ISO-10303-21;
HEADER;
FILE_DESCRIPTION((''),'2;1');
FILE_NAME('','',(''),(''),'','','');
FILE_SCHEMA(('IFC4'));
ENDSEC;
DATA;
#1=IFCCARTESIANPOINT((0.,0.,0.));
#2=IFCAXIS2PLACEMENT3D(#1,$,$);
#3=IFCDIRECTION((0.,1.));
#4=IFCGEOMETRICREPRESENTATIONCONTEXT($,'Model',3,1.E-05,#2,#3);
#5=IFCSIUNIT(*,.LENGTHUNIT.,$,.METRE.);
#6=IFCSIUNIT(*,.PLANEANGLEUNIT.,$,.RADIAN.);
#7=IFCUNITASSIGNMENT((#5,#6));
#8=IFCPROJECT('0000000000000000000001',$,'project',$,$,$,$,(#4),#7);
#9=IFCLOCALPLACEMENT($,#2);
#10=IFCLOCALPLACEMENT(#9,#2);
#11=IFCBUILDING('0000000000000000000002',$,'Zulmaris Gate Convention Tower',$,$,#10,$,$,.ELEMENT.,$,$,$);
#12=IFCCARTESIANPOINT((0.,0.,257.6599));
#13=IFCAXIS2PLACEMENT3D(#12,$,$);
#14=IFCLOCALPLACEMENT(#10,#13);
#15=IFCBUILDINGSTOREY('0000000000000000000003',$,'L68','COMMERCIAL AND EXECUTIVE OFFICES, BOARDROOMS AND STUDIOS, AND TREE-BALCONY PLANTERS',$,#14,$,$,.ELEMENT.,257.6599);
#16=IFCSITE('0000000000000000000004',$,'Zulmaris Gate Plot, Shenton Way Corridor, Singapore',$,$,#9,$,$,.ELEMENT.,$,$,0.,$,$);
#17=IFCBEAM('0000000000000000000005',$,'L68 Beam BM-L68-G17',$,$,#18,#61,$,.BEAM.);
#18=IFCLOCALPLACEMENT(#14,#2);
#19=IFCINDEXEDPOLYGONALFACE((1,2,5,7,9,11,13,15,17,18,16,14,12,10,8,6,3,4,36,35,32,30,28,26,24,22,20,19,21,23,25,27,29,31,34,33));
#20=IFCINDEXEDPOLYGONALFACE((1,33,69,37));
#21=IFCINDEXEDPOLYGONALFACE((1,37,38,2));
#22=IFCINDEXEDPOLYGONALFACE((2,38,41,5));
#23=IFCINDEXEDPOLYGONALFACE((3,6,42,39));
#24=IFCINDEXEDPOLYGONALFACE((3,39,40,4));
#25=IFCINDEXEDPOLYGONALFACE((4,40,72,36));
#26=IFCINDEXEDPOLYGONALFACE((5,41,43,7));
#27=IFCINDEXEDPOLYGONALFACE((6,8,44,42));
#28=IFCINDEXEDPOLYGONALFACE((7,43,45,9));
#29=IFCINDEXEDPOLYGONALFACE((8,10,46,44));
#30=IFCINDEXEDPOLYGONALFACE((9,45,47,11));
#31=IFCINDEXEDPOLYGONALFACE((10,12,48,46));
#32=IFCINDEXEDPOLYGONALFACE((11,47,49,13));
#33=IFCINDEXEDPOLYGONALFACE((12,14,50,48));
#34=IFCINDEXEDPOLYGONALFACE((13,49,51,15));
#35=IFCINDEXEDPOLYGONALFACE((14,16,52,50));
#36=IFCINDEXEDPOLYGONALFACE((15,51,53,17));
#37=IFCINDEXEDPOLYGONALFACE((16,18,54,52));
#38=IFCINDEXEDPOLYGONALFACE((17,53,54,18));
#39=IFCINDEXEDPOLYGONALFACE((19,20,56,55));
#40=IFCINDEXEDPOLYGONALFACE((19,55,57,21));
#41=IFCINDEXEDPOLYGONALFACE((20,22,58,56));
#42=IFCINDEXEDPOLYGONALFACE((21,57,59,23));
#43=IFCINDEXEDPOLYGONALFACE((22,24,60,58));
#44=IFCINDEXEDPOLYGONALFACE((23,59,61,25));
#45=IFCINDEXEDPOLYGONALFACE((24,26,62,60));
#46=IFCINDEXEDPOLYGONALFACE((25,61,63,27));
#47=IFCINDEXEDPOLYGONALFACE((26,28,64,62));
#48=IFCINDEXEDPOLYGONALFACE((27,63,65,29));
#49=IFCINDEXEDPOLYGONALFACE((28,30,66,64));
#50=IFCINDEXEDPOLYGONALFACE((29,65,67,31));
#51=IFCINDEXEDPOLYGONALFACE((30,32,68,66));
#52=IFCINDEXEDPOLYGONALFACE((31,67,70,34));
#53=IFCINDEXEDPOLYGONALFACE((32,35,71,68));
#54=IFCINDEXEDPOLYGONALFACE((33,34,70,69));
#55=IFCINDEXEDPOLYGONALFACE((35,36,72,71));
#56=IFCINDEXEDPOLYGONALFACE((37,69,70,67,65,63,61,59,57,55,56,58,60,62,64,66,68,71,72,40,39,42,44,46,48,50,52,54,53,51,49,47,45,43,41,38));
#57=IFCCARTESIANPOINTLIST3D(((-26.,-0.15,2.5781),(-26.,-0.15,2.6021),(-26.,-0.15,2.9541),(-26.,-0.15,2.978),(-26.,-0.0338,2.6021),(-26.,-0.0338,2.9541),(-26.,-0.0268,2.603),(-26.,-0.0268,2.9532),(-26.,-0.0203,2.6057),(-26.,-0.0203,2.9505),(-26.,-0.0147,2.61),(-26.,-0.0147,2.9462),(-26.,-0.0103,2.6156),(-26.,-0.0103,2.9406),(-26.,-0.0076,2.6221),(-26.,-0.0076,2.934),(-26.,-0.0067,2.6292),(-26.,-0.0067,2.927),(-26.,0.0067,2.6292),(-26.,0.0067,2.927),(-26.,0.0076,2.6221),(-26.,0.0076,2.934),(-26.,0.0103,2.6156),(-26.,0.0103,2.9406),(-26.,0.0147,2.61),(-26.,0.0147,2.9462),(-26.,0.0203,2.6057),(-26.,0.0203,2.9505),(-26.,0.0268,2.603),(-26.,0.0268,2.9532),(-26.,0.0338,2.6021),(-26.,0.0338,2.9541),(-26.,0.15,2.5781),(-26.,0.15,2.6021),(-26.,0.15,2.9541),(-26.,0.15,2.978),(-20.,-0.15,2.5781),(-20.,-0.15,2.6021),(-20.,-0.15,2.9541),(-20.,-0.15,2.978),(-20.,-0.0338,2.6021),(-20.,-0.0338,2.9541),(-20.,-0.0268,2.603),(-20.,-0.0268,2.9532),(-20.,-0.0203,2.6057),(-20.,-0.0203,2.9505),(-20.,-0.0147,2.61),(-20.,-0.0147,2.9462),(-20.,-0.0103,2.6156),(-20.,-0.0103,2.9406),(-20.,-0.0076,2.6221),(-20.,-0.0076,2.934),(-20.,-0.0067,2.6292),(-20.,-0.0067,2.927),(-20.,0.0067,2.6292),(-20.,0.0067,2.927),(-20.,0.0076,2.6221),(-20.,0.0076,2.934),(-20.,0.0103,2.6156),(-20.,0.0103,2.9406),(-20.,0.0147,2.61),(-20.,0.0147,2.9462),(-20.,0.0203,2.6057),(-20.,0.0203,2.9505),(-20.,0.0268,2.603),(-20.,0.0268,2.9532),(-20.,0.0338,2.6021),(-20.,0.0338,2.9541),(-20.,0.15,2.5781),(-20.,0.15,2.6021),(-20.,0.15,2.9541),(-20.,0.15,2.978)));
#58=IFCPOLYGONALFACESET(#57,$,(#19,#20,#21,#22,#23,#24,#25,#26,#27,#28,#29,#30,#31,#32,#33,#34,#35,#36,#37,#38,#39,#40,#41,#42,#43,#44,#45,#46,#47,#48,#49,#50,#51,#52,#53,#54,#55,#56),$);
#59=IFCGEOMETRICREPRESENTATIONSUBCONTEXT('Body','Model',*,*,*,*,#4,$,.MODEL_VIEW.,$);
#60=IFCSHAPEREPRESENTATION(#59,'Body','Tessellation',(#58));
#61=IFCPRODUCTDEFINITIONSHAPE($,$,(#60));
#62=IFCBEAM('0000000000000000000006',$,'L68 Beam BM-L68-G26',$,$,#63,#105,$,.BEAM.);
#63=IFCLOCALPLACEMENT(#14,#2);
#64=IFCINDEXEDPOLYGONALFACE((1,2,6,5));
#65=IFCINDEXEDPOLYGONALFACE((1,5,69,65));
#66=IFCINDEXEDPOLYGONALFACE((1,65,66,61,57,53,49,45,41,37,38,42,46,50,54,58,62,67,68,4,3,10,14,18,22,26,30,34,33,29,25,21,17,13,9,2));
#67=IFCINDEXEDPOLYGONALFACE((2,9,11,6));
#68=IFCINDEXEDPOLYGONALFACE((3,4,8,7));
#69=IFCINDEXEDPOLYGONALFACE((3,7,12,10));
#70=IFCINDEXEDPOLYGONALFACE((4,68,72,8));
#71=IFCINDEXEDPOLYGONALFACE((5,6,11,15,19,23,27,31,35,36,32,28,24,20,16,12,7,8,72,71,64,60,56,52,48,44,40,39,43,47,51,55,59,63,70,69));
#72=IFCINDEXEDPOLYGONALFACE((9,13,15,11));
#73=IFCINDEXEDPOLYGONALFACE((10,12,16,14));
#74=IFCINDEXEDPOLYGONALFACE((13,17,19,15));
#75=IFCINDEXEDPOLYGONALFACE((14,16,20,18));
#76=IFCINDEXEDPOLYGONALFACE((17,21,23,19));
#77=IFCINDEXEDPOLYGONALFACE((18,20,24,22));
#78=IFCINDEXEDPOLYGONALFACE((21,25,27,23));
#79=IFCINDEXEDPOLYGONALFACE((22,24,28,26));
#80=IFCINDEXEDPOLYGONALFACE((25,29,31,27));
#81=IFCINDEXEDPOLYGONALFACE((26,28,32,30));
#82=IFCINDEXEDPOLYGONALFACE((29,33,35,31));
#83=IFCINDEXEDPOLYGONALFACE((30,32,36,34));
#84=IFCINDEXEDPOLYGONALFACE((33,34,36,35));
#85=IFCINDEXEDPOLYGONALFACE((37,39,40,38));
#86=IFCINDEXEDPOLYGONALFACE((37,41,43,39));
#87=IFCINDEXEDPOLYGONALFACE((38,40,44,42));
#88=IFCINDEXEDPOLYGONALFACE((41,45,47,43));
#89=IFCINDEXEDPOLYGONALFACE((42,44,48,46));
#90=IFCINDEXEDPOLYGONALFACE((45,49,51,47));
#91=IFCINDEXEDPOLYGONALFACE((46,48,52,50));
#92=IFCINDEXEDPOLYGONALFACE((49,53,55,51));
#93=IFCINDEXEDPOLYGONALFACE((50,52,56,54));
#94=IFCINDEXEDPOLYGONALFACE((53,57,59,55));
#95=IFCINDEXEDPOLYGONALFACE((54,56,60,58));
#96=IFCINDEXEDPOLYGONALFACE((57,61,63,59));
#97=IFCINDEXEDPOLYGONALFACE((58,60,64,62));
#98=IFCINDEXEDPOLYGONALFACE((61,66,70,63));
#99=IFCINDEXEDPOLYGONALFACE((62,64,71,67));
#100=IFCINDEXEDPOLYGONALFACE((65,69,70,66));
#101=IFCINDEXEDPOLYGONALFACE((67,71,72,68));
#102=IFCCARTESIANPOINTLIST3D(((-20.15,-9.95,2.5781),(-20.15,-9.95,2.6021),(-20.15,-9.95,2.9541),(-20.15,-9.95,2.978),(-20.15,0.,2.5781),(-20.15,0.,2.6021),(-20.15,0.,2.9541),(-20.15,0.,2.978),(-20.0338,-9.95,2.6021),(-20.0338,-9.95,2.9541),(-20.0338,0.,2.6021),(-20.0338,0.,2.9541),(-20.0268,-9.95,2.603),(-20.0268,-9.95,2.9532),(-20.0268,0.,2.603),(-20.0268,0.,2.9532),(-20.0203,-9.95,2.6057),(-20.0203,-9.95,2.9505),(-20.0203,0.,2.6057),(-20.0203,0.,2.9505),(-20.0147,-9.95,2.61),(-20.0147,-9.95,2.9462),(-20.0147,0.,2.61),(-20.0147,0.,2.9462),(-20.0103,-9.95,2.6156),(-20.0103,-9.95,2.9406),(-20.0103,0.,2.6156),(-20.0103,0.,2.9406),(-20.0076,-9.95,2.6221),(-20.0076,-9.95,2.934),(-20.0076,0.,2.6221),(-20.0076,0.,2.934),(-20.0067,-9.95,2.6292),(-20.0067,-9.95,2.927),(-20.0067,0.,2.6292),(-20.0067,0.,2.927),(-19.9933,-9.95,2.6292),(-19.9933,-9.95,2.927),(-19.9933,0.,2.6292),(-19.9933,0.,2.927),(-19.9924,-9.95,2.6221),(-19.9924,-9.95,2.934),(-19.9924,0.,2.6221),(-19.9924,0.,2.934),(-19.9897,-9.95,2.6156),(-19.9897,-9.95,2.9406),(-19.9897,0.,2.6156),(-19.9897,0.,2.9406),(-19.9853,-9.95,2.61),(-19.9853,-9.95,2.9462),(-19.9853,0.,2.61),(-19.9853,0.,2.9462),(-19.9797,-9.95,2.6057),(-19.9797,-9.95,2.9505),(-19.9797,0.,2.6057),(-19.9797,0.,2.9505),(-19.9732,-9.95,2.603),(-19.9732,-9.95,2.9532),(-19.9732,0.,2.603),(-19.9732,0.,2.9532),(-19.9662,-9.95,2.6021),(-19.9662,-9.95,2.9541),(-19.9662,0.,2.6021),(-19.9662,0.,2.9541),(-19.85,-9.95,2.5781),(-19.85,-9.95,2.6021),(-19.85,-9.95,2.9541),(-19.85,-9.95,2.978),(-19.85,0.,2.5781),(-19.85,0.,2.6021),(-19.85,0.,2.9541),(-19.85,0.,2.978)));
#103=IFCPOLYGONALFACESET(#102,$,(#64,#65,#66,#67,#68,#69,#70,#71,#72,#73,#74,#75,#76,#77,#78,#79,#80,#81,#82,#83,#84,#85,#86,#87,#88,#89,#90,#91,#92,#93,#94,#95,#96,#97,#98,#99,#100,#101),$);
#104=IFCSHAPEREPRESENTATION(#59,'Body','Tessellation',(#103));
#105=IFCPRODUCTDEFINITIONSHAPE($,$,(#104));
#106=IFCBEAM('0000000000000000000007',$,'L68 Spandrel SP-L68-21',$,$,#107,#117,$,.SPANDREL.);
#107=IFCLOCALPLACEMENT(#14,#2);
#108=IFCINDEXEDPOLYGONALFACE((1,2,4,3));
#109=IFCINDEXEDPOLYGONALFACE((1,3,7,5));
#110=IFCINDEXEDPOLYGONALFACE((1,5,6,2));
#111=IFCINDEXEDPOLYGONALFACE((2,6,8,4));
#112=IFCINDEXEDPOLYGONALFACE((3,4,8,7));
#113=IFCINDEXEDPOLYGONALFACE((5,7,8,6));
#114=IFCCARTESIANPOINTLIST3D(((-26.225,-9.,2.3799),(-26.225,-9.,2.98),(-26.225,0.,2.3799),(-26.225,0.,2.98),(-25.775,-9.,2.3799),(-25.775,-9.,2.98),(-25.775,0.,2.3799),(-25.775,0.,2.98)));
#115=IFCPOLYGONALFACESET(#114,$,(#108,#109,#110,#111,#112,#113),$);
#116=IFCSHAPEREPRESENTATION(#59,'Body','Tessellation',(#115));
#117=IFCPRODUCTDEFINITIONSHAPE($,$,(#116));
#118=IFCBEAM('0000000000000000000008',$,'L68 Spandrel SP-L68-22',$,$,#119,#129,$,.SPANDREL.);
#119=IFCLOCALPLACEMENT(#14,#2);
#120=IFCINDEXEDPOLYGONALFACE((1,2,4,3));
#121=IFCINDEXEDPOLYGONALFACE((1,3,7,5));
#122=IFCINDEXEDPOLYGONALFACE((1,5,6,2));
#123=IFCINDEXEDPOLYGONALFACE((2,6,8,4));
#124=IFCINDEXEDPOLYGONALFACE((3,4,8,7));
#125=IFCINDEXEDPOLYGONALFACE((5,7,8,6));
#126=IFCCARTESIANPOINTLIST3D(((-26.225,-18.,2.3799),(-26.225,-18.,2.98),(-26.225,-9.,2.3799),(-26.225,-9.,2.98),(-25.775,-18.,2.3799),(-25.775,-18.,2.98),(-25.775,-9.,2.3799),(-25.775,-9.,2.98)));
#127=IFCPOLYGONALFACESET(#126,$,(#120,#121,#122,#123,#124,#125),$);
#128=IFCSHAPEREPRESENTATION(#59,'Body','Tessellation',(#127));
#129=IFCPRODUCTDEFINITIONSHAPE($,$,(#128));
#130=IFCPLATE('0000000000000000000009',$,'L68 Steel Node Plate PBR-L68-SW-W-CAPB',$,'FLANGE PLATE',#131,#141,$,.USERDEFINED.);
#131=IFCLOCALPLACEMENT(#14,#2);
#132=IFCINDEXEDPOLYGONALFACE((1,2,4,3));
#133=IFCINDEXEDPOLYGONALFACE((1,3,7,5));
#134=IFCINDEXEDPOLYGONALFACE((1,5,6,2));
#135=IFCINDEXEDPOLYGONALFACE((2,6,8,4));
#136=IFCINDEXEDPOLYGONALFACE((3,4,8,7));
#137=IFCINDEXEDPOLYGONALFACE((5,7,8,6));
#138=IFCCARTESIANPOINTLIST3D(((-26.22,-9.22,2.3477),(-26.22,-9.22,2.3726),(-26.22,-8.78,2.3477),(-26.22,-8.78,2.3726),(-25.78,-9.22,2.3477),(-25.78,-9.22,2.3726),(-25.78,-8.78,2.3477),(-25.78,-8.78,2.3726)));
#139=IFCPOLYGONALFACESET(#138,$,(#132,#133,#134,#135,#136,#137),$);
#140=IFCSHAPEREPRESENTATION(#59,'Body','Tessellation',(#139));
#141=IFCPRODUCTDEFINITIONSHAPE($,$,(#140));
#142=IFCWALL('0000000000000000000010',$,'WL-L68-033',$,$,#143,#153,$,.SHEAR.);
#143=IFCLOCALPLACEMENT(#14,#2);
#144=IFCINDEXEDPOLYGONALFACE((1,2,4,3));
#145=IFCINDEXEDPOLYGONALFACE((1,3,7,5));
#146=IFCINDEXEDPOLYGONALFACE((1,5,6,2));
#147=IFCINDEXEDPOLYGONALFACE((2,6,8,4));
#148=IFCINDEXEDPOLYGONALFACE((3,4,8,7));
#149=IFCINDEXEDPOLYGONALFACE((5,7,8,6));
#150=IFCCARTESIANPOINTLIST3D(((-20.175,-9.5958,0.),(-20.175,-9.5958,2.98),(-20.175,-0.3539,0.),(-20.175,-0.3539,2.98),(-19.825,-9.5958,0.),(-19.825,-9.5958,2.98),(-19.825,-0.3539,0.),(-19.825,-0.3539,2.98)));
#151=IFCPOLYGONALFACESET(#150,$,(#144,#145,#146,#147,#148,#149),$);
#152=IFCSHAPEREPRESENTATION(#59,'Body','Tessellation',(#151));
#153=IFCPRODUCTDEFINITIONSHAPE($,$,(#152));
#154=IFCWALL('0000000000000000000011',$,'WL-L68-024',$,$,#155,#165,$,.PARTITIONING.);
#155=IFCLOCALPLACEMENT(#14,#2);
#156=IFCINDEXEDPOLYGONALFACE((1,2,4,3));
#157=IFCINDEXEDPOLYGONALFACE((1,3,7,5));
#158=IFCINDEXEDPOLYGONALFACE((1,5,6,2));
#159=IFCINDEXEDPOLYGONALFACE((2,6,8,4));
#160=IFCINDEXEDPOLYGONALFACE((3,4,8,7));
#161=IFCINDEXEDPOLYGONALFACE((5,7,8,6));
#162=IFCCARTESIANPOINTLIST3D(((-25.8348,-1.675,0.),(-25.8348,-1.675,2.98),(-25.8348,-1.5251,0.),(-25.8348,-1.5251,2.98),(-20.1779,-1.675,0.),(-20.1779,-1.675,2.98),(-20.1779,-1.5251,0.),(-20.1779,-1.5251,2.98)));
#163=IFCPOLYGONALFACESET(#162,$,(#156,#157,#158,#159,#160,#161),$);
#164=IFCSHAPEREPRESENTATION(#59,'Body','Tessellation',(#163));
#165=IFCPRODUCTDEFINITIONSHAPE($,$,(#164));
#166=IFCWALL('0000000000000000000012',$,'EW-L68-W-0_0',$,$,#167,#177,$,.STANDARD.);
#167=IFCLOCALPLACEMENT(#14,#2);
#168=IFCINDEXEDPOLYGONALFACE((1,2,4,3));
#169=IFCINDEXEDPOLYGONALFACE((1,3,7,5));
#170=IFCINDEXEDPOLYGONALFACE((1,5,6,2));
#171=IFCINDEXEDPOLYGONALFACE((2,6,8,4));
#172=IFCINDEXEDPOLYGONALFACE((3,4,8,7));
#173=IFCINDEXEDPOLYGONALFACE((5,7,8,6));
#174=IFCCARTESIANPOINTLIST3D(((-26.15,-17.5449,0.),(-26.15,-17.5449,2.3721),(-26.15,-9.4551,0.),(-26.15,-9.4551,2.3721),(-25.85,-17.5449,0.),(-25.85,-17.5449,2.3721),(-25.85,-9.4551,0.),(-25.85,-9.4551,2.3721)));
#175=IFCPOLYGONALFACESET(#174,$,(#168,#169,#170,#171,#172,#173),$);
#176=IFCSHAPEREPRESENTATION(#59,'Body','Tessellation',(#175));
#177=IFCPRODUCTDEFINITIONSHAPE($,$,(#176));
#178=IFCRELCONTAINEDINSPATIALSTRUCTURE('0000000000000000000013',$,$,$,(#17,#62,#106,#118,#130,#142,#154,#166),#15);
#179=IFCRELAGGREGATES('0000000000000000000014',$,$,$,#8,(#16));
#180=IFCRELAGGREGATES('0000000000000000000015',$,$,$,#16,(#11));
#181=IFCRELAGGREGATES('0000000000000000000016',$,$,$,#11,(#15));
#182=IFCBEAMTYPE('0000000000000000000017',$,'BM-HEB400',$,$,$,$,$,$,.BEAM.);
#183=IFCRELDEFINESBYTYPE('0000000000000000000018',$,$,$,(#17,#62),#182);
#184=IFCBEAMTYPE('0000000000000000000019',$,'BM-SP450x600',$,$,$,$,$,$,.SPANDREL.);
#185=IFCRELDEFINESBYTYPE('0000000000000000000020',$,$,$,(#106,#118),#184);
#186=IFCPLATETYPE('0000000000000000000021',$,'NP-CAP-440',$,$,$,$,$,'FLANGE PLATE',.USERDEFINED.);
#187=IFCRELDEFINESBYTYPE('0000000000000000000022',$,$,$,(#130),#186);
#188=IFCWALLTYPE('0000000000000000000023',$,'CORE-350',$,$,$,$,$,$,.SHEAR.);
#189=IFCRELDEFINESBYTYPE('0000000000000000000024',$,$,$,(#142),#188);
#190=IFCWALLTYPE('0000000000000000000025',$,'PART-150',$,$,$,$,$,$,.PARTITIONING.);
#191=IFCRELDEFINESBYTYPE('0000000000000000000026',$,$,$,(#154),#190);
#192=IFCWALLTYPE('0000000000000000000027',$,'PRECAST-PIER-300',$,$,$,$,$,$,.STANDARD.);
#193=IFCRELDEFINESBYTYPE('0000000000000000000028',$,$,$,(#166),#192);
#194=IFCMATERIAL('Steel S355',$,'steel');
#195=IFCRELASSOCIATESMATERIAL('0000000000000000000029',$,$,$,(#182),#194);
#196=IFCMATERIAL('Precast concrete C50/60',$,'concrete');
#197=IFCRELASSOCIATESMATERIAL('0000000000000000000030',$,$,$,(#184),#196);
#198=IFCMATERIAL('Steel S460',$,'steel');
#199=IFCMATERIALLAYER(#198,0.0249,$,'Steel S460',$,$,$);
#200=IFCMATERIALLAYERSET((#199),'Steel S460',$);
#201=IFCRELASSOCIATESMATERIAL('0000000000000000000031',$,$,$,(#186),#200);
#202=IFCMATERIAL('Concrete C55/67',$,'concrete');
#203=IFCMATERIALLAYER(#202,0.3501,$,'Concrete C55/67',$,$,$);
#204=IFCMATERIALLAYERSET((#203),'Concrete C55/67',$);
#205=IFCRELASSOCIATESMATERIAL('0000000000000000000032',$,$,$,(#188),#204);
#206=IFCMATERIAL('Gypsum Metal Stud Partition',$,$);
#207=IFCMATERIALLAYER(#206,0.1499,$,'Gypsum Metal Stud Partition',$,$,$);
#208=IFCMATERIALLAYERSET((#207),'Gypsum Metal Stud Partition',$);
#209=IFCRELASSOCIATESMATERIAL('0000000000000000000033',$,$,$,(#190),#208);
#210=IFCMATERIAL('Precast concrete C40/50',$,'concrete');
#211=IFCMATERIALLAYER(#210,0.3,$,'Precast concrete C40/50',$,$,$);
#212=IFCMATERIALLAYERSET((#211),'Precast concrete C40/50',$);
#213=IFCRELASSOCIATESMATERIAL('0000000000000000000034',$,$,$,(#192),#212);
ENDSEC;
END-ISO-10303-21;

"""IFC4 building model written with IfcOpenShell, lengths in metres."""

from ifc_helpers import new_model, si_unit, direction, frame, frame_2d, origin, origin_2d, place, context, subcontext, project, spatial, rectangle, i_section, extrude, material, layer, layer_set, material_profile, profile_set, type_object, element, save


model = new_model("IFC4")

# Units and contexts
model_context = context("Model", 3, precision=1e-05, world=origin(), true_north=direction((0.0, 1.0)))
body_context = subcontext(model_context, "Body", "Model", "MODEL_VIEW")
ifc_project = project(units=[si_unit("LENGTHUNIT", "METRE"), si_unit("PLANEANGLEUNIT", "RADIAN")], contexts=[model_context])

# Site, building, storey
site_placement = place(None, origin())
site = spatial("IfcSite", under=ifc_project, at=site_placement, Name="Zulmaris Gate Plot, Shenton Way Corridor, Singapore", CompositionType="ELEMENT", RefElevation=0.0)
building_placement = place(site_placement, origin())
building = spatial("IfcBuilding", under=site, at=building_placement, Name="Zulmaris Gate Convention Tower", CompositionType="ELEMENT")
storey_placement = place(building_placement, frame((0.0, 0.0, 257.6599)))
storey = spatial("IfcBuildingStorey", under=building, at=storey_placement, Name="L68", Description="COMMERCIAL AND EXECUTIVE OFFICES, BOARDROOMS AND STUDIOS, AND TREE-BALCONY PLANTERS", CompositionType="ELEMENT", Elevation=257.6599)

# Beams
ifc_material_1 = material(Name="Steel S355", Category="steel")
ifc_material_profile_1 = material_profile(ifc_material_1, i_section(OverallWidth=0.3, OverallDepth=0.3999, WebThickness=0.0134, FlangeThickness=0.0239, FilletRadius=0.0271, at=origin_2d()), Name="HEB 400")
ifc_profile_set_1 = profile_set([ifc_material_profile_1], Name="Steel S355")
beam_type_1 = type_object("IfcBeamType", Name="BM-HEB400", PredefinedType="BEAM", material=ifc_profile_set_1)
for number, where, z_axis, x_axis, name in (
    (1, (-26.0, 0.0, 2.7781), (1.0, 0.0, 0.0), (0.0, 1.0, 0.0), "L68 Beam BM-L68-G17"),
):
    element("IfcBeam", number, at=place(storey_placement, frame(where, z_axis=z_axis, x_axis=x_axis)), inside=storey, type_object=beam_type_1, Name=name, PredefinedType="BEAM", context=body_context, shape_type="SweptSolid", body=[
        extrude(i_section(OverallWidth=0.3, OverallDepth=0.3999, WebThickness=0.0134, FlangeThickness=0.0239, FilletRadius=0.0271, at=origin_2d()), origin(), (0.0, 0.0, 1.0), 6.0),
    ])
beam_placement = place(storey_placement, frame((-20.0, -9.95, 2.7781), z_axis=(0.0, 1.0, 0.0), x_axis=(-1.0, 0.0, 0.0)))
element("IfcBeam", 2, at=beam_placement, inside=storey, type_object=beam_type_1, Name="L68 Beam BM-L68-G26", PredefinedType="BEAM", context=body_context, shape_type="SweptSolid", body=[
    extrude(i_section(OverallWidth=0.3, OverallDepth=0.3999, WebThickness=0.0134, FlangeThickness=0.0239, FilletRadius=0.0271, at=origin_2d()), origin(), (0.0, 0.0, 1.0), 9.95),
])
ifc_material_2 = material(Name="Precast concrete C50/60", Category="concrete")
ifc_material_profile_2 = material_profile(ifc_material_2, rectangle(XDim=0.45, YDim=0.6001, at=origin_2d()), Name="RC SPANDREL 450x600")
ifc_profile_set_2 = profile_set([ifc_material_profile_2], Name="Precast concrete C50/60")
beam_type_2 = type_object("IfcBeamType", Name="BM-SP450x600", PredefinedType="SPANDREL", material=ifc_profile_set_2)
for number, where, z_axis, x_axis, name in (
    (3, (-26.0, 0.0, 2.6799), (0.0, -1.0, 0.0), (1.0, 0.0, 0.0), "L68 Spandrel SP-L68-21"),
    (4, (-26.0, -9.0, 2.6799), (0.0, -1.0, 0.0), (1.0, 0.0, 0.0), "L68 Spandrel SP-L68-22"),
):
    element("IfcBeam", number, at=place(storey_placement, frame(where, z_axis=z_axis, x_axis=x_axis)), inside=storey, type_object=beam_type_2, Name=name, PredefinedType="SPANDREL", context=body_context, shape_type="SweptSolid", body=[
        extrude(rectangle(XDim=0.45, YDim=0.6001, at=origin_2d()), origin(), (0.0, 0.0, 1.0), 9.0),
    ])

# Plate
ifc_material_3 = material(Name="Steel S460", Category="steel")
ifc_layer_1 = layer(ifc_material_3, 0.0249, Name="Steel S460")
ifc_layer_set_1 = layer_set([ifc_layer_1], Name="Steel S460")
plate_type = type_object("IfcPlateType", Name="NP-CAP-440", ElementType="FLANGE PLATE", PredefinedType="USERDEFINED", material=ifc_layer_set_1)
plate_placement = place(storey_placement, frame((-26.0, -9.0, 2.3477), z_axis=(0.0, 0.0, 1.0), x_axis=(1.0, 0.0, 0.0)))
element("IfcPlate", 5, at=plate_placement, inside=storey, type_object=plate_type, Name="L68 Steel Node Plate PBR-L68-SW-W-CAPB", ObjectType="FLANGE PLATE", PredefinedType="USERDEFINED", context=body_context, shape_type="SweptSolid", body=[
    extrude(rectangle(XDim=0.4399, YDim=0.4399, at=origin_2d()), origin(), (0.0, 0.0, 1.0), 0.0249),
])

# Shared definitions
ifc_material_4 = material(Name="Concrete C55/67", Category="concrete")
ifc_layer_2 = layer(ifc_material_4, 0.3501, Name="Concrete C55/67")
ifc_layer_set_2 = layer_set([ifc_layer_2], Name="Concrete C55/67")
wall_type_1 = type_object("IfcWallType", Name="CORE-350", PredefinedType="SHEAR", material=ifc_layer_set_2)

# Walls
wall_1_placement = place(storey_placement, frame((-20.0, -9.5959, 0.0), z_axis=(0.0, 0.0, 1.0), x_axis=(0.0, 1.0, 0.0)))
element("IfcWall", 6, at=wall_1_placement, inside=storey, type_object=wall_type_1, Name="WL-L68-033", PredefinedType="SHEAR", context=body_context, shape_type="SweptSolid", body=[
    extrude(rectangle(XDim=9.2419, YDim=0.3501, at=frame_2d((4.6211, 0.0))), origin(), (0.0, 0.0, 1.0), 2.98),
])
ifc_material_5 = material(Name="Gypsum Metal Stud Partition")
ifc_layer_3 = layer(ifc_material_5, 0.1499, Name="Gypsum Metal Stud Partition")
ifc_layer_set_3 = layer_set([ifc_layer_3], Name="Gypsum Metal Stud Partition")
wall_type_2 = type_object("IfcWallType", Name="PART-150", PredefinedType="PARTITIONING", material=ifc_layer_set_3)
wall_2_placement = place(storey_placement, frame((-25.835, -1.6001, 0.0), z_axis=(0.0, 0.0, 1.0), x_axis=(1.0, 0.0, 0.0)))
element("IfcWall", 7, at=wall_2_placement, inside=storey, type_object=wall_type_2, Name="WL-L68-024", PredefinedType="PARTITIONING", context=body_context, shape_type="SweptSolid", body=[
    extrude(rectangle(XDim=5.657, YDim=0.1499, at=frame_2d((2.8286, 0.0))), origin(), (0.0, 0.0, 1.0), 2.98),
])
ifc_material_6 = material(Name="Precast concrete C40/50", Category="concrete")
ifc_layer_4 = layer(ifc_material_6, 0.3, Name="Precast concrete C40/50")
ifc_layer_set_4 = layer_set([ifc_layer_4], Name="Precast concrete C40/50")
wall_type_3 = type_object("IfcWallType", Name="PRECAST-PIER-300", PredefinedType="STANDARD", material=ifc_layer_set_4)
wall_3_placement = place(storey_placement, frame((-26.0, -9.4551, 0.0), z_axis=(0.0, 0.0, 1.0), x_axis=(0.0, -1.0, 0.0)))
element("IfcWall", 8, at=wall_3_placement, inside=storey, type_object=wall_type_3, Name="EW-L68-W-0_0", PredefinedType="STANDARD", context=body_context, shape_type="SweptSolid", body=[
    extrude(rectangle(XDim=8.0898, YDim=0.3, at=frame_2d((4.0449, 0.0))), origin(), (0.0, 0.0, 1.0), 2.3721),
])

save(model, "model.ifc")
